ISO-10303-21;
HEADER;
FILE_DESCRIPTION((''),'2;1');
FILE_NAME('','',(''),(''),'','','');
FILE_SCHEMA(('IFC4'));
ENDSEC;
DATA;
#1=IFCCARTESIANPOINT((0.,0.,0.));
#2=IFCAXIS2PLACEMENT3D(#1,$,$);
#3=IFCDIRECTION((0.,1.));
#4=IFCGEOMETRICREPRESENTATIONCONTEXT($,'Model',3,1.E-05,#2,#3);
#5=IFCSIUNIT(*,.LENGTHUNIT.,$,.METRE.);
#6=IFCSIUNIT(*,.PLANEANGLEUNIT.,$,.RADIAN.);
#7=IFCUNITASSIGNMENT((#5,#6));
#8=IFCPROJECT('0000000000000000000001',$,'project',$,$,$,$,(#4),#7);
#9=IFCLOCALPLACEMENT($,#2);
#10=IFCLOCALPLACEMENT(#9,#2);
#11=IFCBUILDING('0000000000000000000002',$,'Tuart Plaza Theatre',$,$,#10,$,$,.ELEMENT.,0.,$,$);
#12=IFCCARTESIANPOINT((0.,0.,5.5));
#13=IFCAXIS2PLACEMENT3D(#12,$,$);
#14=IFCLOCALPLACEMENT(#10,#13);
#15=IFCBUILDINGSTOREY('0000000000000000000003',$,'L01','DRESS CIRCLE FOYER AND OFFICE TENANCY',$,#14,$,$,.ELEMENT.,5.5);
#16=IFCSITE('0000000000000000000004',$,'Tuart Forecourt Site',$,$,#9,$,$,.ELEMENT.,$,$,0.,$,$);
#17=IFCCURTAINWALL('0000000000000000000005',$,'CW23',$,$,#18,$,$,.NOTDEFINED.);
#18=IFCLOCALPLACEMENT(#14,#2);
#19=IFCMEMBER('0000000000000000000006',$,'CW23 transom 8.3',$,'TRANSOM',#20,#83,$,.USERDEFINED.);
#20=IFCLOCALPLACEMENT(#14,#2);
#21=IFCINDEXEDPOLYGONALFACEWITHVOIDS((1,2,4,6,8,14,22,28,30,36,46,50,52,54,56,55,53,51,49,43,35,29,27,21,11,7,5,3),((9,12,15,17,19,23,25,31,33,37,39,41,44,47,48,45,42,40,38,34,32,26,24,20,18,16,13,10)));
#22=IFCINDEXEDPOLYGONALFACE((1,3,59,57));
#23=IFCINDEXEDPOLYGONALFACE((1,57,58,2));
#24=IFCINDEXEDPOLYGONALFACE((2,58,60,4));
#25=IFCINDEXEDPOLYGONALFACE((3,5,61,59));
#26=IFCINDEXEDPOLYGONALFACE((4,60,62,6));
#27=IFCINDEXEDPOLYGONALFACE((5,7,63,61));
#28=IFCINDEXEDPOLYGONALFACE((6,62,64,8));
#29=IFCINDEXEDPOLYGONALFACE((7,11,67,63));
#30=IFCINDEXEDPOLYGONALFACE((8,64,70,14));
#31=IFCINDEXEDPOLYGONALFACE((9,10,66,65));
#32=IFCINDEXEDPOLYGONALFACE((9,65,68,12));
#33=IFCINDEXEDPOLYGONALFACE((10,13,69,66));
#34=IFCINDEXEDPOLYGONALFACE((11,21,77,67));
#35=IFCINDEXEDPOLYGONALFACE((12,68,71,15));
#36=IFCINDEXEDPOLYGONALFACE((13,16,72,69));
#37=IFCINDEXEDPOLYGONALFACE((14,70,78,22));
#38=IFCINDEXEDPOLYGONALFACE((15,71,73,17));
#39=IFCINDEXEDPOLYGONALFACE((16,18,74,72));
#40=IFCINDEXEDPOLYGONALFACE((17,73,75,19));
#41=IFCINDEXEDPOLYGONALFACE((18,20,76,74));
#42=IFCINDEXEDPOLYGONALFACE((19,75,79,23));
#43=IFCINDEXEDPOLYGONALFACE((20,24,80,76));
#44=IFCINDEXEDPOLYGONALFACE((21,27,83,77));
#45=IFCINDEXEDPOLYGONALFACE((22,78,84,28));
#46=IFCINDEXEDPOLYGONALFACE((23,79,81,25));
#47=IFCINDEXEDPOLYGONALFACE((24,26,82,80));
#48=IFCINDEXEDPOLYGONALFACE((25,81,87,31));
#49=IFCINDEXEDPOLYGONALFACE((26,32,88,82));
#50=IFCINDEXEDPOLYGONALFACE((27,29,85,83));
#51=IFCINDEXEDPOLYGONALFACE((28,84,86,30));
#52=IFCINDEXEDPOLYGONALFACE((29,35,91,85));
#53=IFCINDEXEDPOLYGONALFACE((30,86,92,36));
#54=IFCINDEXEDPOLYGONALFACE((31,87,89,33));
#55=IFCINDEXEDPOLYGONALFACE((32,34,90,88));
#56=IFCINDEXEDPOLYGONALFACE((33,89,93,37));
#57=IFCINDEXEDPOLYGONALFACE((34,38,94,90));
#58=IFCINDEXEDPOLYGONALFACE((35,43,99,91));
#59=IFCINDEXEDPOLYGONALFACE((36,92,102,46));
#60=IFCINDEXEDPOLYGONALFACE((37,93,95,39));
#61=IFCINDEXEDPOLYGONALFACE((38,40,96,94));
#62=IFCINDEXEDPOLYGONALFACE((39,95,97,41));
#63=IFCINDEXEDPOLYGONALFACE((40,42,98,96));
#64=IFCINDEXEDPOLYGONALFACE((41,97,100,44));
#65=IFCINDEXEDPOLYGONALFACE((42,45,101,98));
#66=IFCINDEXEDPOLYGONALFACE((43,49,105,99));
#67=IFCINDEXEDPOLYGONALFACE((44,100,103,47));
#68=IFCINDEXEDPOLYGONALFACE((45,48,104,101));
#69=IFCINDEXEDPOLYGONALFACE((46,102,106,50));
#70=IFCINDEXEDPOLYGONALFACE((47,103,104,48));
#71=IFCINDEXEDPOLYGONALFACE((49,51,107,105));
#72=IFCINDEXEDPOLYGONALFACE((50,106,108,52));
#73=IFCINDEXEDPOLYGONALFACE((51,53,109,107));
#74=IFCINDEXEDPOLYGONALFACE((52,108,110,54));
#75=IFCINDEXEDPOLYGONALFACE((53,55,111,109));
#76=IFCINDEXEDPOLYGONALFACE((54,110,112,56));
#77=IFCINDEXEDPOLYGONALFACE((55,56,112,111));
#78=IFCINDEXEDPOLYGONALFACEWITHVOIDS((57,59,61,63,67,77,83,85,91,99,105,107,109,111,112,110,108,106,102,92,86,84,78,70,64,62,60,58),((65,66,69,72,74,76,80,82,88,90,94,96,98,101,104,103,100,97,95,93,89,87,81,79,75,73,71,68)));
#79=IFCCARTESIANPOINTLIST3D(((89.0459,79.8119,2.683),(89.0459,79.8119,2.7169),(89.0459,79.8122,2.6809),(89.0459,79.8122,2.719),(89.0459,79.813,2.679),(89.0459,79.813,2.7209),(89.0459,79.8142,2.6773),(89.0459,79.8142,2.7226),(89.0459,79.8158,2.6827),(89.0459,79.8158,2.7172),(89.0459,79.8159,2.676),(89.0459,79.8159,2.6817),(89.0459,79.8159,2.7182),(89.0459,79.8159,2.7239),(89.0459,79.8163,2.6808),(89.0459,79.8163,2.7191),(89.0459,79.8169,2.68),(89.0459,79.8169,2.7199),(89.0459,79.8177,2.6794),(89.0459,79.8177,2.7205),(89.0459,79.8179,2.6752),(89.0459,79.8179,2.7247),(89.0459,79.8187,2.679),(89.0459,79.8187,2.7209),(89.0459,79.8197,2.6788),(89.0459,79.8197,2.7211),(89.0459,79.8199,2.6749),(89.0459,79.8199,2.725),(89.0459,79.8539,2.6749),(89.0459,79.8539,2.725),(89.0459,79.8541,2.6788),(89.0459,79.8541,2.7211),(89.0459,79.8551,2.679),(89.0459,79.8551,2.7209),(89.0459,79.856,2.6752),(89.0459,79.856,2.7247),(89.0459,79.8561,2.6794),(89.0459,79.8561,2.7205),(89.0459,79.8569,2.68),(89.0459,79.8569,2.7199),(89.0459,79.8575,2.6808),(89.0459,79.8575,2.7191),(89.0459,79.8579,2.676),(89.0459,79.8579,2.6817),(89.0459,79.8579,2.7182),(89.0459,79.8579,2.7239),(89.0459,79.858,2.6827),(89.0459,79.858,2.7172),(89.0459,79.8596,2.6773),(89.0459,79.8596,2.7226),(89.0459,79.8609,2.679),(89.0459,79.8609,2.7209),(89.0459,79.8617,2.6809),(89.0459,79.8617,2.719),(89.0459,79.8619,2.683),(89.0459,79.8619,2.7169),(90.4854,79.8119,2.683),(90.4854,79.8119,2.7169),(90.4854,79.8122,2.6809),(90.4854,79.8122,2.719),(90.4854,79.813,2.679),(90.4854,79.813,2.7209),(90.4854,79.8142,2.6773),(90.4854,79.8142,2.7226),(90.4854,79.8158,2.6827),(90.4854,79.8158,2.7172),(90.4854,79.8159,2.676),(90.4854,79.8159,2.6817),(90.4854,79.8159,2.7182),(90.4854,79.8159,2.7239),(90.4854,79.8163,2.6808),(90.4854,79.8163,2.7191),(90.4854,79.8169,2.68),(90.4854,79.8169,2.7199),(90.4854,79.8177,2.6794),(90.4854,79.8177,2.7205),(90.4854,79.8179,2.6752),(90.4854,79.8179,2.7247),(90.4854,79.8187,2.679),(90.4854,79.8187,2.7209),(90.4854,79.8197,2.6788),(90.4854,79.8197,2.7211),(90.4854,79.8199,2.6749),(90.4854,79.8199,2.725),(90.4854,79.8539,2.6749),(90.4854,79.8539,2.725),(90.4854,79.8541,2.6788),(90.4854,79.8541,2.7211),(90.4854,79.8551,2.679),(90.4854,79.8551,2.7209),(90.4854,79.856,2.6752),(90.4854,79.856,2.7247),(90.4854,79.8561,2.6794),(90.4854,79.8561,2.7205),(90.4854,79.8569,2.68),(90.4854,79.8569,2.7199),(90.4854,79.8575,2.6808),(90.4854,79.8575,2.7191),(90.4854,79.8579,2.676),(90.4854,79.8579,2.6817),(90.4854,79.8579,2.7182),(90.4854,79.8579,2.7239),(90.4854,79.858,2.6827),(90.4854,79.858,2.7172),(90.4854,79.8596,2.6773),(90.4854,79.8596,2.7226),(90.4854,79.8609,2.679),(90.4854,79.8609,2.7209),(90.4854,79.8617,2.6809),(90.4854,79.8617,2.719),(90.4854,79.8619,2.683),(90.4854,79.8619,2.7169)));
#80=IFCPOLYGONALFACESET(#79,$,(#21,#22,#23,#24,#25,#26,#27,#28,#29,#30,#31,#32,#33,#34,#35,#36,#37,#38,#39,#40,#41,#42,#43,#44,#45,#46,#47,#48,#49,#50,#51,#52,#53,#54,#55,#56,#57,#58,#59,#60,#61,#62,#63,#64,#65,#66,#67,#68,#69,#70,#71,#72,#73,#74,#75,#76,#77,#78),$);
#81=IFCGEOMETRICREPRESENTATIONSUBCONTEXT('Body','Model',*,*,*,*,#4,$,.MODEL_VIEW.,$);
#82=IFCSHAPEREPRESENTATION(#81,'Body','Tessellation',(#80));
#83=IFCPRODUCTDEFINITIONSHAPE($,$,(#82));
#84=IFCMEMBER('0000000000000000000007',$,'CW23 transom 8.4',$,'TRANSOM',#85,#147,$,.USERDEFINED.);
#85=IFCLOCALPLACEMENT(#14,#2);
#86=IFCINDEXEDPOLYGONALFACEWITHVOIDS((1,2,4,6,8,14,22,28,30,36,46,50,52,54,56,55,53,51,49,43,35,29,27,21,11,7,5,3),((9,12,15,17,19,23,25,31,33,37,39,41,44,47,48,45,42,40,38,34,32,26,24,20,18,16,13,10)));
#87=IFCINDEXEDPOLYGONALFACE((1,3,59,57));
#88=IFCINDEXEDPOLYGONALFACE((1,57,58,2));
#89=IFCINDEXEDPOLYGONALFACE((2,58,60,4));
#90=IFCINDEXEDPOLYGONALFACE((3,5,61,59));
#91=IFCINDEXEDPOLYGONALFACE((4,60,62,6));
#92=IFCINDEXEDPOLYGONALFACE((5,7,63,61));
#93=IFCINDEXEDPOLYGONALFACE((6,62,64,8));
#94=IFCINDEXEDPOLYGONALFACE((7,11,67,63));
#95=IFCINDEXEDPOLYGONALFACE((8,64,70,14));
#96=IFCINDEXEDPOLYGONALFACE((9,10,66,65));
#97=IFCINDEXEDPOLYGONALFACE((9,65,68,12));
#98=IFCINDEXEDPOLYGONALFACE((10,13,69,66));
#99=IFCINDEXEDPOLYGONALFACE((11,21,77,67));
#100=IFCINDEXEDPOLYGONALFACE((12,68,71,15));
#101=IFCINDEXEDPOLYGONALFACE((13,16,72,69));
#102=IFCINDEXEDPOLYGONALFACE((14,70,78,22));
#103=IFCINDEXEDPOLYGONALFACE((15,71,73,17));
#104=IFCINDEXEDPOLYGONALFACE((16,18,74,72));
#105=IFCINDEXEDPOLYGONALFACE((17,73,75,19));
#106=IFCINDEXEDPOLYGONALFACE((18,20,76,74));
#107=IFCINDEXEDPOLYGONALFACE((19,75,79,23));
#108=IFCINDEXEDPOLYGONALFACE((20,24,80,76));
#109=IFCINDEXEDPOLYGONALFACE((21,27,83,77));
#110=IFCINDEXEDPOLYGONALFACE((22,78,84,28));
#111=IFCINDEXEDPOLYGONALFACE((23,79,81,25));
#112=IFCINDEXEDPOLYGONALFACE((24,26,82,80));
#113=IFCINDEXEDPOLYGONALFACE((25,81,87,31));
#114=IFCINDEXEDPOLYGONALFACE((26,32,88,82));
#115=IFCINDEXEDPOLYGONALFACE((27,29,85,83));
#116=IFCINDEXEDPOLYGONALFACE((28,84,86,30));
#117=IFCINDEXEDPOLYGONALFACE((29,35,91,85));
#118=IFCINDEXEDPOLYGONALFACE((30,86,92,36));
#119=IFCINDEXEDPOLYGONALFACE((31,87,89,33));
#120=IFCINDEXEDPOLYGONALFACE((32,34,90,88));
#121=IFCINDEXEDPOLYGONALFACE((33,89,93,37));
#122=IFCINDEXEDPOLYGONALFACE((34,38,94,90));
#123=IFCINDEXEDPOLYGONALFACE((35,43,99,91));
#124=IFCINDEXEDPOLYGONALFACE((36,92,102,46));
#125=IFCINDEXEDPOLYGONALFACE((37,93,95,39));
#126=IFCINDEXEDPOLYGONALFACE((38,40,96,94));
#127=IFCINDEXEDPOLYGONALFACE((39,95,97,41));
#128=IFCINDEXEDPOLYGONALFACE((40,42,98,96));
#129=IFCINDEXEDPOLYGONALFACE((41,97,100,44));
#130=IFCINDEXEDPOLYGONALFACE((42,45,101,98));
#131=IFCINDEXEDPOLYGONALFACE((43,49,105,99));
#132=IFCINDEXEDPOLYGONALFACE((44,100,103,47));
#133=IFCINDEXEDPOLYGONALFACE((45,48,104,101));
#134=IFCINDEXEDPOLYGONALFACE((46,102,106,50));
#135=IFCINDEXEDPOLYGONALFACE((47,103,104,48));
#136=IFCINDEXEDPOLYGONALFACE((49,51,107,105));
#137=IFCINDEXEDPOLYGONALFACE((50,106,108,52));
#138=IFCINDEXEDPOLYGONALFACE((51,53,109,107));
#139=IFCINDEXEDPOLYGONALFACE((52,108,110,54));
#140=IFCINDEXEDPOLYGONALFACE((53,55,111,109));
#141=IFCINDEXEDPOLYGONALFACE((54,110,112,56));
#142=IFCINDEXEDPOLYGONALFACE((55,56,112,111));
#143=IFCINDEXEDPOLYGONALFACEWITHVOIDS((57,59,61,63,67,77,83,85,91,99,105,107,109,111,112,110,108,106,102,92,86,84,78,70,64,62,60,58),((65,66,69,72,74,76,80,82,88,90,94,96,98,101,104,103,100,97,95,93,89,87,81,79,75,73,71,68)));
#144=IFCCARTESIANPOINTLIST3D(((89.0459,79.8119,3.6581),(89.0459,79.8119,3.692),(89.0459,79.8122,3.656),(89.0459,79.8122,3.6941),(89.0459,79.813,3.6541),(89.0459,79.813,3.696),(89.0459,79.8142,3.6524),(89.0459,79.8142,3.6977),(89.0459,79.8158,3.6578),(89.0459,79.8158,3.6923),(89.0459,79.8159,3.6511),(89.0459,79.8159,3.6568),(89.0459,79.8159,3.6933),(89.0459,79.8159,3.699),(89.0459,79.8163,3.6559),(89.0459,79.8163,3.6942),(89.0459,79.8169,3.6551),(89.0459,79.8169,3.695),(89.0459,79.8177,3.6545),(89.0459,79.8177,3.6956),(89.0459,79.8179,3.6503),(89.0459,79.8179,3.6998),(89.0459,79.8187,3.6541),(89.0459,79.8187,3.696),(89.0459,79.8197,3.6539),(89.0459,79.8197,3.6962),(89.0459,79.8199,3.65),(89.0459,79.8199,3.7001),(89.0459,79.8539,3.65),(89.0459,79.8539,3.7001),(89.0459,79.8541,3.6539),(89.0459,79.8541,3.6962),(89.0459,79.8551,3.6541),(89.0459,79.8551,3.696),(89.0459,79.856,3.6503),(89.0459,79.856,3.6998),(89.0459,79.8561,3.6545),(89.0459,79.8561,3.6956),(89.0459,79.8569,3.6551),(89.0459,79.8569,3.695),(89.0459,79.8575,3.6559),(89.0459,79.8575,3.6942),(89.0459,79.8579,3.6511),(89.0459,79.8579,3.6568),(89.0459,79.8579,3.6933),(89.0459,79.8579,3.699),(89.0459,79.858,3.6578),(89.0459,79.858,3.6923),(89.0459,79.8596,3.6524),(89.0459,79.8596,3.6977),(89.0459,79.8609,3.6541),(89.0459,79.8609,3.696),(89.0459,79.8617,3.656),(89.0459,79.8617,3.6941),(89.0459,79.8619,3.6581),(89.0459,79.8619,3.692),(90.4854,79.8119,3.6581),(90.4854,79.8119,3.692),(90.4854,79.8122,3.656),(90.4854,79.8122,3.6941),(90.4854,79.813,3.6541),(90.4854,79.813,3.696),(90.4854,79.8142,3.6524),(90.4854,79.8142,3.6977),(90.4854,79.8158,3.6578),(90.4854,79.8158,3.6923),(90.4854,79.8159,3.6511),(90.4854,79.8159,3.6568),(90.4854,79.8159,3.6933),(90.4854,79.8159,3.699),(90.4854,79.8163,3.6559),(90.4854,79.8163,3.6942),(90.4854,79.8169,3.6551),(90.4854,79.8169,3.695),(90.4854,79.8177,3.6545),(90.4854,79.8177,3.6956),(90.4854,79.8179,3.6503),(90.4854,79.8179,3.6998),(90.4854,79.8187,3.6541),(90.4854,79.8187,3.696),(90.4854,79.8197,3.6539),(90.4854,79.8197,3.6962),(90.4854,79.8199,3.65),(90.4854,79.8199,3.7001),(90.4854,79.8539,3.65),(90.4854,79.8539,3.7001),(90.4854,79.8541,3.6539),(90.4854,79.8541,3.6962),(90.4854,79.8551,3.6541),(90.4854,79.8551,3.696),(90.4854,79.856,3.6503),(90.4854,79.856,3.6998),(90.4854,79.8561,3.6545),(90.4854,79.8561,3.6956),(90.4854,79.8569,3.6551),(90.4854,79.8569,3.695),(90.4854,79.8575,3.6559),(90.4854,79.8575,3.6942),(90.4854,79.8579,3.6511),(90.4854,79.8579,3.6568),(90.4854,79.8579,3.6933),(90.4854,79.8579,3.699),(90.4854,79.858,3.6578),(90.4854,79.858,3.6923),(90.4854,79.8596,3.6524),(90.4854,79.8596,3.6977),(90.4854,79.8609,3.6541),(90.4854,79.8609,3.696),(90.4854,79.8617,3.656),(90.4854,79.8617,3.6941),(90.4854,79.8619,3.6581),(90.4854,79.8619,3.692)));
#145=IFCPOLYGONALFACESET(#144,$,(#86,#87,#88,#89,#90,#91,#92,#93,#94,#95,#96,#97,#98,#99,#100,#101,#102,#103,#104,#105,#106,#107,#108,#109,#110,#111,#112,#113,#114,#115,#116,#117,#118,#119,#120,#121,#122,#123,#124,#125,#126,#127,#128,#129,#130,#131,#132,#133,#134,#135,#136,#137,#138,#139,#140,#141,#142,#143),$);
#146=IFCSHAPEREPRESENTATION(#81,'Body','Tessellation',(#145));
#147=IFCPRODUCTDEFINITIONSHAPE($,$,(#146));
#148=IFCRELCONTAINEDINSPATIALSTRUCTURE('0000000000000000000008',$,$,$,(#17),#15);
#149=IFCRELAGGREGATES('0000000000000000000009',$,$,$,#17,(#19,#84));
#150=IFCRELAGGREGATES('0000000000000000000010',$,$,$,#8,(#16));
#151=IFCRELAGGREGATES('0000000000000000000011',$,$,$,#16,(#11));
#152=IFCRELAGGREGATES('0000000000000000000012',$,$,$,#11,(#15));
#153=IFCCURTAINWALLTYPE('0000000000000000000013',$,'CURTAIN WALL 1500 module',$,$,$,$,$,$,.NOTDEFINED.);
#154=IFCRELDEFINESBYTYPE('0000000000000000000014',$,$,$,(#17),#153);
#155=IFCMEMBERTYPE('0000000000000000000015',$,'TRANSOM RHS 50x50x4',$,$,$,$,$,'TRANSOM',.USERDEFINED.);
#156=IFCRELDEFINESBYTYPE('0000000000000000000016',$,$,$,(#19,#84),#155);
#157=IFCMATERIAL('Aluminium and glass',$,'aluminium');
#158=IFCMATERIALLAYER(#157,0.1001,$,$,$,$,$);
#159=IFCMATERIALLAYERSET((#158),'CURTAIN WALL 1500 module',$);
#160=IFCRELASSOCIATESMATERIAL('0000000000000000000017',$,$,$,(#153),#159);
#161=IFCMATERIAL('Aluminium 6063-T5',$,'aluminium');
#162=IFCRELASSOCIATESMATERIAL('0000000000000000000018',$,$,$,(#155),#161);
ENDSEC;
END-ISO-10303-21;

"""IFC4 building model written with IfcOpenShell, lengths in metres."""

from ifc_helpers import new_model, si_unit, direction, frame, origin, origin_2d, place, context, subcontext, project, spatial, hollow_rectangle, extrude, material, layer, layer_set, material_profile, profile_set, type_object, element, aggregate, save


model = new_model("IFC4")

# Units and contexts
model_context = context("Model", 3, precision=1e-05, world=origin(), true_north=direction((0.0, 1.0)))
body_context = subcontext(model_context, "Body", "Model", "MODEL_VIEW")
ifc_project = project(units=[si_unit("LENGTHUNIT", "METRE"), si_unit("PLANEANGLEUNIT", "RADIAN")], contexts=[model_context])

# Site, building, storey
site_placement = place(None, origin())
site = spatial("IfcSite", under=ifc_project, at=site_placement, Name="Tuart Forecourt Site", CompositionType="ELEMENT", RefElevation=0.0)
building_placement = place(site_placement, origin())
building = spatial("IfcBuilding", under=site, at=building_placement, Name="Tuart Plaza Theatre", CompositionType="ELEMENT", ElevationOfRefHeight=0.0)
storey_placement = place(building_placement, frame((0.0, 0.0, 5.5)))
storey = spatial("IfcBuildingStorey", under=building, at=storey_placement, Name="L01", Description="DRESS CIRCLE FOYER AND OFFICE TENANCY", CompositionType="ELEMENT", Elevation=5.5)

# Curtain wall, members
ifc_material_1 = material(Name="Aluminium and glass", Category="aluminium")
ifc_layer_1 = layer(ifc_material_1, 0.1001)
ifc_layer_set_1 = layer_set([ifc_layer_1], Name="CURTAIN WALL 1500 module")
curtain_wall_type = type_object("IfcCurtainWallType", Name="CURTAIN WALL 1500 module", PredefinedType="NOTDEFINED", material=ifc_layer_set_1)
curtain_wall_placement = place(storey_placement, origin())
curtain_wall = element("IfcCurtainWall", 1, at=curtain_wall_placement, inside=storey, type_object=curtain_wall_type, Name="CW23", PredefinedType="NOTDEFINED")
ifc_material_2 = material(Name="Aluminium 6063-T5", Category="aluminium")
ifc_material_profile_1 = material_profile(ifc_material_2, hollow_rectangle(XDim=0.05, YDim=0.05, WallThickness=0.0039, InnerFilletRadius=0.0039, OuterFilletRadius=0.0081, at=origin_2d()), Name="RHS 50x50x4")
ifc_profile_set_1 = profile_set([ifc_material_profile_1], Name="Aluminium 6063-T5")
member_type_1 = type_object("IfcMemberType", Name="TRANSOM RHS 50x50x4", ElementType="TRANSOM", PredefinedType="USERDEFINED", material=ifc_profile_set_1)
member_1_placement = place(storey_placement, frame((89.0459, 79.8369, 2.7), z_axis=(1.0, 0.0, 0.0), x_axis=(0.0, 1.0, 0.0)))
member_1 = element("IfcMember", 2, at=member_1_placement, type_object=member_type_1, Name="CW23 transom 8.3", ObjectType="TRANSOM", PredefinedType="USERDEFINED", context=body_context, shape_type="SweptSolid", body=[
    extrude(hollow_rectangle(XDim=0.05, YDim=0.05, WallThickness=0.0039, InnerFilletRadius=0.0039, OuterFilletRadius=0.0081, at=origin_2d()), origin(), (0.0, 0.0, 1.0), 1.4395),
])
member_2_placement = place(storey_placement, frame((89.0459, 79.8369, 3.675), z_axis=(1.0, 0.0, 0.0), x_axis=(0.0, 1.0, 0.0)))
member_2 = element("IfcMember", 3, at=member_2_placement, type_object=member_type_1, Name="CW23 transom 8.4", ObjectType="TRANSOM", PredefinedType="USERDEFINED", context=body_context, shape_type="SweptSolid", body=[
    extrude(hollow_rectangle(XDim=0.05, YDim=0.05, WallThickness=0.0039, InnerFilletRadius=0.0039, OuterFilletRadius=0.0081, at=origin_2d()), origin(), (0.0, 0.0, 1.0), 1.4395),
])
aggregate(curtain_wall, [member_1, member_2])

save(model, "model.ifc")
